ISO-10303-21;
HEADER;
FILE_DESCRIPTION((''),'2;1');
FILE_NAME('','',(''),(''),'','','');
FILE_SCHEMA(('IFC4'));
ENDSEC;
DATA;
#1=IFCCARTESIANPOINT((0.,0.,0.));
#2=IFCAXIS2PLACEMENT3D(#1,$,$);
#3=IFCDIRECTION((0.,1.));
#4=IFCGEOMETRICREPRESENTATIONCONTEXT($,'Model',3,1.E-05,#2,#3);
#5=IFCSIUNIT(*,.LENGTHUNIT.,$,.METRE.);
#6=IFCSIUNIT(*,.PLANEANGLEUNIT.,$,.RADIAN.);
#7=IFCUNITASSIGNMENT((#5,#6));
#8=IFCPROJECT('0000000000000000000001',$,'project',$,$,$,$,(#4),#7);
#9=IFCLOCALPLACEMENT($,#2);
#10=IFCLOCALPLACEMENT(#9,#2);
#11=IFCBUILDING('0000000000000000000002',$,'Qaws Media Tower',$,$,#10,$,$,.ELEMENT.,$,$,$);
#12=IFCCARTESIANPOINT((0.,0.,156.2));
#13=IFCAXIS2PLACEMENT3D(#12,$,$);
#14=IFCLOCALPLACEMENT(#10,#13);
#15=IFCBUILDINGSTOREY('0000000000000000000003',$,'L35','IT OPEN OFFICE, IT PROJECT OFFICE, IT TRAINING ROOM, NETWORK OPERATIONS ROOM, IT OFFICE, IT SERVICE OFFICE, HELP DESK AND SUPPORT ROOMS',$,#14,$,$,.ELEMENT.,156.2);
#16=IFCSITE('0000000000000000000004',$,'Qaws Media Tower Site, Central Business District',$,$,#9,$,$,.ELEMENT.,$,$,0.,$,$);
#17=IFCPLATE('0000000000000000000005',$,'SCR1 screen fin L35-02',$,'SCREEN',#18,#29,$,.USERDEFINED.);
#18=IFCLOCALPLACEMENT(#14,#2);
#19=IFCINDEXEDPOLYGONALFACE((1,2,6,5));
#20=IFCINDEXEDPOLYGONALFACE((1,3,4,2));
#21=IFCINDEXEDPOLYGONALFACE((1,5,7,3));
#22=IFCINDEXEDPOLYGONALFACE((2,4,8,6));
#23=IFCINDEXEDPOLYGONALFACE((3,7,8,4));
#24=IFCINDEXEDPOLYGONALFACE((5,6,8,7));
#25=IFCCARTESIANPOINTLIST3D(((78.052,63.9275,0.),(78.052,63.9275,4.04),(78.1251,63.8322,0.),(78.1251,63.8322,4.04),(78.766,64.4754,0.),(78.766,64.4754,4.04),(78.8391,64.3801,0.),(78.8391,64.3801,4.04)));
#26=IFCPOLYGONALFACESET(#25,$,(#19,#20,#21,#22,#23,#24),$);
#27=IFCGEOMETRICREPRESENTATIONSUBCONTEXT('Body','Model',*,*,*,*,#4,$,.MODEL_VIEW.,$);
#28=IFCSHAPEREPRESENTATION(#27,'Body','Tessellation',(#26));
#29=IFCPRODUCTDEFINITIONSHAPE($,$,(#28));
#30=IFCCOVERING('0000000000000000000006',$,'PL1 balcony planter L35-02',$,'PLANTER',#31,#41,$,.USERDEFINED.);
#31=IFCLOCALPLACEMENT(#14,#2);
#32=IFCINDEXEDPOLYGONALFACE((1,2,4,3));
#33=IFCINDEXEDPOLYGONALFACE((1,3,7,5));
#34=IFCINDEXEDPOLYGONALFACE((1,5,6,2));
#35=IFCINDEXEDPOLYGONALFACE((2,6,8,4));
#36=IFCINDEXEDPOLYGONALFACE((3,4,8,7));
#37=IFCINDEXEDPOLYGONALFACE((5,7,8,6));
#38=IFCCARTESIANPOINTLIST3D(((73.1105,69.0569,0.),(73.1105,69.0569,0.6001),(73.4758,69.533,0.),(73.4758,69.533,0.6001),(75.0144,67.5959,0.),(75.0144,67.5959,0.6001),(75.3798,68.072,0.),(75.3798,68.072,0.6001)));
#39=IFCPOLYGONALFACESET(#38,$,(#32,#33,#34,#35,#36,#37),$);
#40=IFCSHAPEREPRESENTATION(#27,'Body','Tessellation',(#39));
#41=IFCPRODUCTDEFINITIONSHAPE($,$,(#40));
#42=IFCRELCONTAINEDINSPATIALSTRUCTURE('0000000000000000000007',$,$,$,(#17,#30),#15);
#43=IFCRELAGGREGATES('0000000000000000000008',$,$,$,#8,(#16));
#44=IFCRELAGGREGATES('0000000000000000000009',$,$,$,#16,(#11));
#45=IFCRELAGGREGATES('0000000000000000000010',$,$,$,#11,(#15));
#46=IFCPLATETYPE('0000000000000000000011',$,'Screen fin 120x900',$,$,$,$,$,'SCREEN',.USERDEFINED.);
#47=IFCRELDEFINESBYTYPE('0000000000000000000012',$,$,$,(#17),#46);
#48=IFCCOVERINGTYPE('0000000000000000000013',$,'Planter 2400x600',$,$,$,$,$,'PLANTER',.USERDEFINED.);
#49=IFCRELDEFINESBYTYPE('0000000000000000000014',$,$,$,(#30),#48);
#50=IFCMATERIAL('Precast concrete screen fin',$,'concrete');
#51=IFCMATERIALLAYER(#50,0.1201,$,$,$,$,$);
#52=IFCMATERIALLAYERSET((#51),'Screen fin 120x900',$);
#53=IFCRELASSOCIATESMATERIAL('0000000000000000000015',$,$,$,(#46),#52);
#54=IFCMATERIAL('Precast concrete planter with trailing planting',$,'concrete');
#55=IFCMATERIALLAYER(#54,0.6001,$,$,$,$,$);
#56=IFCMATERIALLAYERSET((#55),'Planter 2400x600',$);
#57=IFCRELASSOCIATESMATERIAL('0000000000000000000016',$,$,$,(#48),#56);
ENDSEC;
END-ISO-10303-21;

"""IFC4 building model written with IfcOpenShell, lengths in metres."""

from ifc_helpers import new_model, si_unit, direction, frame, origin, origin_2d, place, context, subcontext, project, spatial, rectangle, extrude, material, layer, layer_set, type_object, element, save


model = new_model("IFC4")

# Units and contexts
model_context = context("Model", 3, precision=1e-05, world=origin(), true_north=direction((0.0, 1.0)))
body_context = subcontext(model_context, "Body", "Model", "MODEL_VIEW")
ifc_project = project(units=[si_unit("LENGTHUNIT", "METRE"), si_unit("PLANEANGLEUNIT", "RADIAN")], contexts=[model_context])

# Site, building, storey
site_placement = place(None, origin())
site = spatial("IfcSite", under=ifc_project, at=site_placement, Name="Qaws Media Tower Site, Central Business District", CompositionType="ELEMENT", RefElevation=0.0)
building_placement = place(site_placement, origin())
building = spatial("IfcBuilding", under=site, at=building_placement, Name="Qaws Media Tower", CompositionType="ELEMENT")
storey_placement = place(building_placement, frame((0.0, 0.0, 156.2)))
storey = spatial("IfcBuildingStorey", under=building, at=storey_placement, Name="L35", Description="IT OPEN OFFICE, IT PROJECT OFFICE, IT TRAINING ROOM, NETWORK OPERATIONS ROOM, IT OFFICE, IT SERVICE OFFICE, HELP DESK AND SUPPORT ROOMS", CompositionType="ELEMENT", Elevation=156.2)

# Plate
ifc_material_1 = material(Name="Precast concrete screen fin", Category="concrete")
ifc_layer_1 = layer(ifc_material_1, 0.1201)
ifc_layer_set_1 = layer_set([ifc_layer_1], Name="Screen fin 120x900")
plate_type_1 = type_object("IfcPlateType", Name="Screen fin 120x900", ElementType="SCREEN", PredefinedType="USERDEFINED", material=ifc_layer_set_1)
plate_1_placement = place(storey_placement, frame((78.4456, 64.1538, 0.0), z_axis=(0.0, 0.0, 1.0), x_axis=(0.793353, 0.608761, 0.0)))
element("IfcPlate", 1, at=plate_1_placement, inside=storey, type_object=plate_type_1, Name="SCR1 screen fin L35-02", ObjectType="SCREEN", PredefinedType="USERDEFINED", context=body_context, shape_type="SweptSolid", body=[
    extrude(rectangle(XDim=0.8999, YDim=0.1201, at=origin_2d()), origin(), (0.0, 0.0, 1.0), 4.04),
])

# Covering
ifc_material_2 = material(Name="Precast concrete planter with trailing planting", Category="concrete")
ifc_layer_2 = layer(ifc_material_2, 0.6001)
ifc_layer_set_2 = layer_set([ifc_layer_2], Name="Planter 2400x600")
covering_type = type_object("IfcCoveringType", Name="Planter 2400x600", ElementType="PLANTER", PredefinedType="USERDEFINED", material=ifc_layer_set_2)
covering_placement = place(storey_placement, frame((74.2451, 68.5645, 0.0), z_axis=(0.0, 0.0, 1.0), x_axis=(-0.793353, 0.608761, 0.0)))
element("IfcCovering", 2, at=covering_placement, inside=storey, type_object=covering_type, Name="PL1 balcony planter L35-02", ObjectType="PLANTER", PredefinedType="USERDEFINED", context=body_context, shape_type="SweptSolid", body=[
    extrude(rectangle(XDim=2.3999, YDim=0.6001, at=origin_2d()), origin(), (0.0, 0.0, 1.0), 0.6001),
])

save(model, "model.ifc")
